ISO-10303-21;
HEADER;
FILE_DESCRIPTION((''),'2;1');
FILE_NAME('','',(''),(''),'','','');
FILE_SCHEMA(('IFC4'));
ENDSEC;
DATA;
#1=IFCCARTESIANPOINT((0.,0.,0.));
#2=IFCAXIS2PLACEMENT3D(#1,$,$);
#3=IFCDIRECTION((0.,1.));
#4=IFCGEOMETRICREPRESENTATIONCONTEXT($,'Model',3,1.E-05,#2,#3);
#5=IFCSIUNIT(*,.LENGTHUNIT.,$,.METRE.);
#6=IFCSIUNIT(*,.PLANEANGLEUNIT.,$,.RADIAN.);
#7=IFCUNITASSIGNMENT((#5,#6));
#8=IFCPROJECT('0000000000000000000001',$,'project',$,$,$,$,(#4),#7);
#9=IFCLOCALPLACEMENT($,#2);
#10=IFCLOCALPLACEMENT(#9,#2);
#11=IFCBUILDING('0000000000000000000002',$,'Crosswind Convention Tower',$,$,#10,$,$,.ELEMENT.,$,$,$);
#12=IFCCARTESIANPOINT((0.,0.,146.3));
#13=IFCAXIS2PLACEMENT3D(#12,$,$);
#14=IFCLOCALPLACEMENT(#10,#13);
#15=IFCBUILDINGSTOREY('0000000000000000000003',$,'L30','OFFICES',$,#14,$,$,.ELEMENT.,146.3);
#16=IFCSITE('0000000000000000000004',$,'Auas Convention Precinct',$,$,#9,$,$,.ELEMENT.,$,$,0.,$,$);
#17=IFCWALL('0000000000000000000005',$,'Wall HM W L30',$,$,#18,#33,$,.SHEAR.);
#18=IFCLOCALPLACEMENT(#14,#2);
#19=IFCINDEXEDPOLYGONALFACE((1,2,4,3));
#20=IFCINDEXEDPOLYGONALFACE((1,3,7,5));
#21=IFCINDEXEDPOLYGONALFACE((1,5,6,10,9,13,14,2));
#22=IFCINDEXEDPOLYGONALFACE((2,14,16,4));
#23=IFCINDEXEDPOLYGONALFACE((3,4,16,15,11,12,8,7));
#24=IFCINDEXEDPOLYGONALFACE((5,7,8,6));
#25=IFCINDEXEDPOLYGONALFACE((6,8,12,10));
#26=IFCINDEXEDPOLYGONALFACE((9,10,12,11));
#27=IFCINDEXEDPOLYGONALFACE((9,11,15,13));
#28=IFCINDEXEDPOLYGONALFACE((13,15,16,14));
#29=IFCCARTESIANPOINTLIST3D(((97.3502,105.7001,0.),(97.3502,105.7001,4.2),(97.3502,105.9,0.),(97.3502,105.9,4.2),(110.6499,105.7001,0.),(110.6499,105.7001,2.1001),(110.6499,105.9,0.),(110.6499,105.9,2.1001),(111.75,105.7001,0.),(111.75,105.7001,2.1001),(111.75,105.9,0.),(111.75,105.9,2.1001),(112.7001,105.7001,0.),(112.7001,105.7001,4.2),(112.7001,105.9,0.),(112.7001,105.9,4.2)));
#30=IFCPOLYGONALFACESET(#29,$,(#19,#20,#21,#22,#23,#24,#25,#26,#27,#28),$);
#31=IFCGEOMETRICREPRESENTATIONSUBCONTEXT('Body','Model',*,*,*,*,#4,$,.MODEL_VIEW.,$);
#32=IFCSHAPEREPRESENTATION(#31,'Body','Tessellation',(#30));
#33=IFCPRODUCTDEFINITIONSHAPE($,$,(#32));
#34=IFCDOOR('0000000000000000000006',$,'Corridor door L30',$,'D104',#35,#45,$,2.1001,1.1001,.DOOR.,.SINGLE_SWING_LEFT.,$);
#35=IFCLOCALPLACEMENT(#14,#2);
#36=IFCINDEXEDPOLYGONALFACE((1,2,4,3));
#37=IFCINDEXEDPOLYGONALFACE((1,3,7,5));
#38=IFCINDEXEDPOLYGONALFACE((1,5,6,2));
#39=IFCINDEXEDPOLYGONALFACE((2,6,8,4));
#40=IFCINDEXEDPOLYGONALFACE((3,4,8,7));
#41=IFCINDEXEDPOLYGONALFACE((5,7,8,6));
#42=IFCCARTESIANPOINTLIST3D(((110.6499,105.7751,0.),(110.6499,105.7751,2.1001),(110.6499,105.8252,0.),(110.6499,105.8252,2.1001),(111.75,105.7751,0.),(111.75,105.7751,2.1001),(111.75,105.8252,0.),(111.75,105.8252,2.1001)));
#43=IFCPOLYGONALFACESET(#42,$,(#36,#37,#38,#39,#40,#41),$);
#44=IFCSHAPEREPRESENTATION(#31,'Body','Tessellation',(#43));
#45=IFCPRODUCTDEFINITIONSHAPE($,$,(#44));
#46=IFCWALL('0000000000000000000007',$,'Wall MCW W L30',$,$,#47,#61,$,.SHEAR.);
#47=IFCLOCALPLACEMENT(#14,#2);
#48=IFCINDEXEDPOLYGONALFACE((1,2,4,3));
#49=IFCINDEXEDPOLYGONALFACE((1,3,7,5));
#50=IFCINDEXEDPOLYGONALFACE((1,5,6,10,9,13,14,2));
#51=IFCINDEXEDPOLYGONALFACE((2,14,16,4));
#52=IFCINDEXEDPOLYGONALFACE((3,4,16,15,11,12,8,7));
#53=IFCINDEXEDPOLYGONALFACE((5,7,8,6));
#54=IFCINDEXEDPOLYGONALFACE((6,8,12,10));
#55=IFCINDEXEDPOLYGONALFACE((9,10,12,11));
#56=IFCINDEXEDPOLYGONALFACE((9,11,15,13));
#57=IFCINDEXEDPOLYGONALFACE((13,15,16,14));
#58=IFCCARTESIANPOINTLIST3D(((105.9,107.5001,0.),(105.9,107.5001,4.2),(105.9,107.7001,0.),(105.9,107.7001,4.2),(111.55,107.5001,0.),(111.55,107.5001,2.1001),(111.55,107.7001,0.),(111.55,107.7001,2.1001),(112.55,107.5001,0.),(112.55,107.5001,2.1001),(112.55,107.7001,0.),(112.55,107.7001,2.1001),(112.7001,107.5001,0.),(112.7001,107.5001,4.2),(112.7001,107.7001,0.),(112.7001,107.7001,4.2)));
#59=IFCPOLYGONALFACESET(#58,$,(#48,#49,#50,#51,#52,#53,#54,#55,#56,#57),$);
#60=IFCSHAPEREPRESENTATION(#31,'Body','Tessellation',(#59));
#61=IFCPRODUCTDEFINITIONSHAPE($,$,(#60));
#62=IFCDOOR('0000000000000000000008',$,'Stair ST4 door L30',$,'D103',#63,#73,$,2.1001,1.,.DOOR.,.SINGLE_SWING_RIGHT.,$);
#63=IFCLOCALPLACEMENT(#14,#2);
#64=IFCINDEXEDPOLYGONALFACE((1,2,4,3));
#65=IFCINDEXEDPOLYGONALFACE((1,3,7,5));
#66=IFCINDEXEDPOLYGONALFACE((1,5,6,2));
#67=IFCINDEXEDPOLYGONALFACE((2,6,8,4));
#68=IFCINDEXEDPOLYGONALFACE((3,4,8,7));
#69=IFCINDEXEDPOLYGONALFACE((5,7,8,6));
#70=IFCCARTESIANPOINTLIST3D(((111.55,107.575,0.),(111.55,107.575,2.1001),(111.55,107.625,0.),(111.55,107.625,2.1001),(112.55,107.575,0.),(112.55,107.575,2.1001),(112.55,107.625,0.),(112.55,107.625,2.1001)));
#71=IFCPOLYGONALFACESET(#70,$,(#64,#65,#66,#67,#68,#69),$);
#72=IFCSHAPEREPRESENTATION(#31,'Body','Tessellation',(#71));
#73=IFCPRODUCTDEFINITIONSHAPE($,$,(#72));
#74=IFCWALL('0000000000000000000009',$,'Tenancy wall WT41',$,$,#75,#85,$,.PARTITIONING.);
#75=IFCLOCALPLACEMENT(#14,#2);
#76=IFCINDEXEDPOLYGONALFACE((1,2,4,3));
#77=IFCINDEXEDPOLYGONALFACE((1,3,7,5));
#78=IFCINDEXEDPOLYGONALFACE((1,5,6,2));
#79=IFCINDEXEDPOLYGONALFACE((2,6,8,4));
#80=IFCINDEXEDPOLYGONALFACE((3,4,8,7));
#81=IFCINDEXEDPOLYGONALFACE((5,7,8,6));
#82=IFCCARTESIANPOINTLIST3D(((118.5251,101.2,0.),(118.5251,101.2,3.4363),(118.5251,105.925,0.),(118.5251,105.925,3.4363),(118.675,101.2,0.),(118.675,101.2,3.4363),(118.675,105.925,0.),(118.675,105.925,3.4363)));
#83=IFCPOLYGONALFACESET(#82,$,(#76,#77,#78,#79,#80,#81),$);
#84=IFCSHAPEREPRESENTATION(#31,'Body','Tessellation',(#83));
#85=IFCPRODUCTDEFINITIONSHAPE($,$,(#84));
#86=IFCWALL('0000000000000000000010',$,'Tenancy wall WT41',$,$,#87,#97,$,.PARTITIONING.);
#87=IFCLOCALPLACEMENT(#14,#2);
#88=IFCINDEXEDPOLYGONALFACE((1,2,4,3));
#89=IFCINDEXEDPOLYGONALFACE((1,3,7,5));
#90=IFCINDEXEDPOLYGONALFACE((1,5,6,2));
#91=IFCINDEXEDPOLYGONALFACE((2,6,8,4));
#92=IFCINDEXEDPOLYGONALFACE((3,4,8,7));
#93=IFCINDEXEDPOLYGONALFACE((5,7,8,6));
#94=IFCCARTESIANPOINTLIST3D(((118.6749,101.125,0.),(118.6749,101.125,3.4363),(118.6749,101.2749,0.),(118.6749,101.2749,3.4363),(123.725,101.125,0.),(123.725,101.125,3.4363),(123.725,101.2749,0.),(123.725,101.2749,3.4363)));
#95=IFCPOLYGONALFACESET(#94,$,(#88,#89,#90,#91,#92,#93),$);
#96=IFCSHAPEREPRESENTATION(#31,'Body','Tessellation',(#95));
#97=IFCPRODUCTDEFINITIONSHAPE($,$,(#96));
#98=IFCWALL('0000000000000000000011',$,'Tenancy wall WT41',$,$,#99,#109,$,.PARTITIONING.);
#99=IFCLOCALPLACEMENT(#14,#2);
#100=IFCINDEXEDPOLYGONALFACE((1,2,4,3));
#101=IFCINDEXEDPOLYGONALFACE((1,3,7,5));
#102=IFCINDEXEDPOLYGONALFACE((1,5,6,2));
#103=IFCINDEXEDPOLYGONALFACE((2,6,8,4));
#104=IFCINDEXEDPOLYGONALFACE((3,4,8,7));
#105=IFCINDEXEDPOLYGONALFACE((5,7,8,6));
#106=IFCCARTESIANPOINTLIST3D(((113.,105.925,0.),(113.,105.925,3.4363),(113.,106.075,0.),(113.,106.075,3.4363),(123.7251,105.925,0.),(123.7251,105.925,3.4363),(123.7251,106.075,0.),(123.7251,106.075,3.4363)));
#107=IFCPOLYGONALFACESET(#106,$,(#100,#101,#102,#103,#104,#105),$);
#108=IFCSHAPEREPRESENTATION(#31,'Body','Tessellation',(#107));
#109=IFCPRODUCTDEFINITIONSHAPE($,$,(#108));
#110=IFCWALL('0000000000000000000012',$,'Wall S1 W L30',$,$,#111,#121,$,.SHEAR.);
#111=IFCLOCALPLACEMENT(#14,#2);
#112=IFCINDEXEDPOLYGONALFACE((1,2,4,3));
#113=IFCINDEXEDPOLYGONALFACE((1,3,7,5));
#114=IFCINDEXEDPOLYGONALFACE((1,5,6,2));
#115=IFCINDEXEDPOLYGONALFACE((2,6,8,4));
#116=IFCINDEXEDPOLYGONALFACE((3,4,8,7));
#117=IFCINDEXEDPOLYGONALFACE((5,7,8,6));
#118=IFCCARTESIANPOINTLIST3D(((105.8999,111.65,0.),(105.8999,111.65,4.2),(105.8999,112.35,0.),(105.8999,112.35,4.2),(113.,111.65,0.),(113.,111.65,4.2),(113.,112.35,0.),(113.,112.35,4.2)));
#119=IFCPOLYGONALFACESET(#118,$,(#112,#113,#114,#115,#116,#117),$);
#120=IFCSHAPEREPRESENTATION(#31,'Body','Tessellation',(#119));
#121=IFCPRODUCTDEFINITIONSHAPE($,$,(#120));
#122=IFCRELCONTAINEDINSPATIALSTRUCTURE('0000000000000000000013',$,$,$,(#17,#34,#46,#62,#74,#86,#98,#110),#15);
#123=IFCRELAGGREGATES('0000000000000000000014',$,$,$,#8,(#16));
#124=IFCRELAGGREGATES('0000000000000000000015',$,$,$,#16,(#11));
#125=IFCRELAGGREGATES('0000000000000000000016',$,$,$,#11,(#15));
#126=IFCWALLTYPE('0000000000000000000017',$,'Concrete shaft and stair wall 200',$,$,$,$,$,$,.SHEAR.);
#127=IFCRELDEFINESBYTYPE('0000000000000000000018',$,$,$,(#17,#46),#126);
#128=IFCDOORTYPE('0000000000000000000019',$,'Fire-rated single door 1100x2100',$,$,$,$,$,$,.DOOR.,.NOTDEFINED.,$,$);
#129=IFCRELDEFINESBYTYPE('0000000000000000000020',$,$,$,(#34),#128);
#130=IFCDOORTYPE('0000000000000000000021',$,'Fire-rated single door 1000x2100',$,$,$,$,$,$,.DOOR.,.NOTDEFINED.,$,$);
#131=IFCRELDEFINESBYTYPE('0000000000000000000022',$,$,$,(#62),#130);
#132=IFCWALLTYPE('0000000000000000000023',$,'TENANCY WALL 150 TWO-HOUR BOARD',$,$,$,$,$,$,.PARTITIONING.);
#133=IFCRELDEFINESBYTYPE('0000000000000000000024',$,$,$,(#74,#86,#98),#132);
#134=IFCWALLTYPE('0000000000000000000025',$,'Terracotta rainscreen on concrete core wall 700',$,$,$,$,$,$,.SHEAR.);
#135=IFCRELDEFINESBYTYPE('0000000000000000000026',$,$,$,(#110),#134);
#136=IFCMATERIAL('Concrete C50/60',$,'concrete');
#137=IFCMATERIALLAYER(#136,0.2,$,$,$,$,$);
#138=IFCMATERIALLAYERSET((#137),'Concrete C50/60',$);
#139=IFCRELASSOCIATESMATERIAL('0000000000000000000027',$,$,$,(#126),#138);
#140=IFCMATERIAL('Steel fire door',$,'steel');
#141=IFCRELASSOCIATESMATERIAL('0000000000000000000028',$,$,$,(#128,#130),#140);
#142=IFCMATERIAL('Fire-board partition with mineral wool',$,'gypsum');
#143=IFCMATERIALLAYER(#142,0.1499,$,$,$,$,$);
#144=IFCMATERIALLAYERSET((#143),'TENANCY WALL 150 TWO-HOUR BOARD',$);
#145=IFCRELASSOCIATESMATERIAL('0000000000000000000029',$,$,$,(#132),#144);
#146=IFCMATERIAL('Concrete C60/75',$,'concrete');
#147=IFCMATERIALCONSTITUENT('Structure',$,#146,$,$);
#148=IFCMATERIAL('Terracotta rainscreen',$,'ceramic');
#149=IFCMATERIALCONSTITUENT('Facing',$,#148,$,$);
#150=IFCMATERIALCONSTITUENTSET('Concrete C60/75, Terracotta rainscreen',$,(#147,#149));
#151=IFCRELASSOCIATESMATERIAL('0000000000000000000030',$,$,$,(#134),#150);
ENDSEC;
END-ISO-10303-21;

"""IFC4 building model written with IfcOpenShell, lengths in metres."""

from ifc_helpers import new_model, si_unit, direction, frame, frame_2d, origin, place, context, subcontext, project, spatial, rectangle, extrude, material, layer, layer_set, constituent, constituent_set, type_object, element, fill, save


model = new_model("IFC4")

# Units and contexts
model_context = context("Model", 3, precision=1e-05, world=origin(), true_north=direction((0.0, 1.0)))
body_context = subcontext(model_context, "Body", "Model", "MODEL_VIEW")
ifc_project = project(units=[si_unit("LENGTHUNIT", "METRE"), si_unit("PLANEANGLEUNIT", "RADIAN")], contexts=[model_context])

# Site, building, storey
site_placement = place(None, origin())
site = spatial("IfcSite", under=ifc_project, at=site_placement, Name="Auas Convention Precinct", CompositionType="ELEMENT", RefElevation=0.0)
building_placement = place(site_placement, origin())
building = spatial("IfcBuilding", under=site, at=building_placement, Name="Crosswind Convention Tower", CompositionType="ELEMENT")
storey_placement = place(building_placement, frame((0.0, 0.0, 146.3)))
storey = spatial("IfcBuildingStorey", under=building, at=storey_placement, Name="L30", Description="OFFICES", CompositionType="ELEMENT", Elevation=146.3)

# Shared definitions
ifc_material_1 = material(Name="Concrete C50/60", Category="concrete")

# Walls, openings, doors
ifc_layer_1 = layer(ifc_material_1, 0.2)
ifc_layer_set_1 = layer_set([ifc_layer_1], Name="Concrete C50/60")
wall_type_1 = type_object("IfcWallType", Name="Concrete shaft and stair wall 200", PredefinedType="SHEAR", material=ifc_layer_set_1)
wall_1_placement = place(storey_placement, frame((112.7, 105.8, 0.0), z_axis=(0.0, 0.0, 1.0), x_axis=(-1.0, 0.0, 0.0)))
wall_1 = element("IfcWall", 1, at=wall_1_placement, inside=storey, type_object=wall_type_1, Name="Wall HM W L30", PredefinedType="SHEAR", context=body_context, shape_type="SweptSolid", body=[
    extrude(rectangle(XDim=15.3499, YDim=0.2, at=frame_2d((7.6748, 0.0))), origin(), (0.0, 0.0, 1.0), 4.2),
])
opening_1_placement = place(wall_1_placement, frame((0.95, 0.0, 0.0)))
opening_1 = element("IfcOpeningElement", 2, at=opening_1_placement, cuts=wall_1, PredefinedType="OPENING", context=body_context, shape_type="SweptSolid", body=[
    extrude(rectangle(XDim=1.1001, YDim=2.1001, at=frame_2d((0.55, 1.05))), frame((0.0, 0.1099, 0.0), z_axis=(0.0, -1.0, 0.0), x_axis=(1.0, 0.0, 0.0)), (0.0, 0.0, 1.0), 0.22),
])
ifc_material_2 = material(Name="Steel fire door", Category="steel")
door_type_1 = type_object("IfcDoorType", Name="Fire-rated single door 1100x2100", OperationType="NOTDEFINED", PredefinedType="DOOR", material=ifc_material_2)
door_1_placement = place(opening_1_placement, origin())
door_1 = element("IfcDoor", 3, at=door_1_placement, inside=storey, type_object=door_type_1, Name="Corridor door L30", ObjectType="D104", OperationType="SINGLE_SWING_LEFT", OverallHeight=2.1001, OverallWidth=1.1001, PredefinedType="DOOR", context=body_context, shape_type="SweptSolid", body=[
    extrude(rectangle(XDim=1.1001, YDim=2.1001, at=frame_2d((0.55, 1.05))), frame((0.0, 0.0249, 0.0), z_axis=(0.0, -1.0, 0.0), x_axis=(1.0, 0.0, 0.0)), (0.0, 0.0, 1.0), 0.05),
])
fill(opening_1, door_1)
wall_2_placement = place(storey_placement, frame((112.7, 107.6001, 0.0), z_axis=(0.0, 0.0, 1.0), x_axis=(-1.0, 0.0, 0.0)))
wall_2 = element("IfcWall", 4, at=wall_2_placement, inside=storey, type_object=wall_type_1, Name="Wall MCW W L30", PredefinedType="SHEAR", context=body_context, shape_type="SweptSolid", body=[
    extrude(rectangle(XDim=6.8, YDim=0.2, at=frame_2d((3.3999, 0.0))), origin(), (0.0, 0.0, 1.0), 4.2),
])
opening_2_placement = place(wall_2_placement, frame((0.1499, 0.0, 0.0)))
opening_2 = element("IfcOpeningElement", 5, at=opening_2_placement, cuts=wall_2, PredefinedType="OPENING", context=body_context, shape_type="SweptSolid", body=[
    extrude(rectangle(XDim=1.0, YDim=2.1001, at=frame_2d((0.5, 1.05))), frame((0.0, 0.1099, 0.0), z_axis=(0.0, -1.0, 0.0), x_axis=(1.0, 0.0, 0.0)), (0.0, 0.0, 1.0), 0.22),
])
door_type_2 = type_object("IfcDoorType", Name="Fire-rated single door 1000x2100", OperationType="NOTDEFINED", PredefinedType="DOOR", material=ifc_material_2)
door_2_placement = place(opening_2_placement, frame((1.0, 0.0, 0.0), z_axis=(0.0, 0.0, 1.0), x_axis=(-1.0, 0.0, 0.0)))
door_2 = element("IfcDoor", 6, at=door_2_placement, inside=storey, type_object=door_type_2, Name="Stair ST4 door L30", ObjectType="D103", OperationType="SINGLE_SWING_RIGHT", OverallHeight=2.1001, OverallWidth=1.0, PredefinedType="DOOR", context=body_context, shape_type="SweptSolid", body=[
    extrude(rectangle(XDim=1.0, YDim=2.1001, at=frame_2d((0.5, 1.05))), frame((0.0, 0.0249, 0.0), z_axis=(0.0, -1.0, 0.0), x_axis=(1.0, 0.0, 0.0)), (0.0, 0.0, 1.0), 0.05),
])
fill(opening_2, door_2)

# Walls
ifc_material_3 = material(Name="Fire-board partition with mineral wool", Category="gypsum")
ifc_layer_2 = layer(ifc_material_3, 0.1499)
ifc_layer_set_2 = layer_set([ifc_layer_2], Name="TENANCY WALL 150 TWO-HOUR BOARD")
wall_type_2 = type_object("IfcWallType", Name="TENANCY WALL 150 TWO-HOUR BOARD", PredefinedType="PARTITIONING", material=ifc_layer_set_2)
wall_3_placement = place(storey_placement, frame((118.6001, 101.2, 0.0), z_axis=(0.0, 0.0, 1.0), x_axis=(0.0, 1.0, 0.0)))
element("IfcWall", 7, at=wall_3_placement, inside=storey, type_object=wall_type_2, Name="Tenancy wall WT41", PredefinedType="PARTITIONING", context=body_context, shape_type="SweptSolid", body=[
    extrude(rectangle(XDim=4.7251, YDim=0.1499, at=frame_2d((2.3625, 0.0))), origin(), (0.0, 0.0, 1.0), 3.4363),
])
wall_4_placement = place(storey_placement, frame((118.675, 101.2, 0.0), z_axis=(0.0, 0.0, 1.0), x_axis=(1.0, 0.0, 0.0)))
element("IfcWall", 8, at=wall_4_placement, inside=storey, type_object=wall_type_2, Name="Tenancy wall WT41", PredefinedType="PARTITIONING", context=body_context, shape_type="SweptSolid", body=[
    extrude(rectangle(XDim=5.05, YDim=0.1499, at=frame_2d((2.5249, 0.0))), origin(), (0.0, 0.0, 1.0), 3.4363),
])
wall_5_placement = place(storey_placement, frame((113.0, 106.0, 0.0), z_axis=(0.0, 0.0, 1.0), x_axis=(1.0, 0.0, 0.0)))
element("IfcWall", 9, at=wall_5_placement, inside=storey, type_object=wall_type_2, Name="Tenancy wall WT41", PredefinedType="PARTITIONING", context=body_context, shape_type="SweptSolid", body=[
    extrude(rectangle(XDim=10.7251, YDim=0.1499, at=frame_2d((5.3625, 0.0))), origin(), (0.0, 0.0, 1.0), 3.4363),
])
ifc_material_4 = material(Name="Concrete C60/75", Category="concrete")
ifc_constituent_1 = constituent(ifc_material_4, Name="Structure")
ifc_material_5 = material(Name="Terracotta rainscreen", Category="ceramic")
ifc_constituent_2 = constituent(ifc_material_5, Name="Facing")
ifc_constituent_set = constituent_set(constituents=[ifc_constituent_1, ifc_constituent_2], Name="Concrete C60/75, Terracotta rainscreen")
wall_type_3 = type_object("IfcWallType", Name="Terracotta rainscreen on concrete core wall 700", PredefinedType="SHEAR", material=ifc_constituent_set)
wall_6_placement = place(storey_placement, frame((113.0, 112.0, 0.0), z_axis=(0.0, 0.0, 1.0), x_axis=(-1.0, 0.0, 0.0)))
element("IfcWall", 10, at=wall_6_placement, inside=storey, type_object=wall_type_3, Name="Wall S1 W L30", PredefinedType="SHEAR", context=body_context, shape_type="SweptSolid", body=[
    extrude(rectangle(XDim=7.1001, YDim=0.7, at=frame_2d((3.55, 0.0))), origin(), (0.0, 0.0, 1.0), 4.2),
])

save(model, "model.ifc")
